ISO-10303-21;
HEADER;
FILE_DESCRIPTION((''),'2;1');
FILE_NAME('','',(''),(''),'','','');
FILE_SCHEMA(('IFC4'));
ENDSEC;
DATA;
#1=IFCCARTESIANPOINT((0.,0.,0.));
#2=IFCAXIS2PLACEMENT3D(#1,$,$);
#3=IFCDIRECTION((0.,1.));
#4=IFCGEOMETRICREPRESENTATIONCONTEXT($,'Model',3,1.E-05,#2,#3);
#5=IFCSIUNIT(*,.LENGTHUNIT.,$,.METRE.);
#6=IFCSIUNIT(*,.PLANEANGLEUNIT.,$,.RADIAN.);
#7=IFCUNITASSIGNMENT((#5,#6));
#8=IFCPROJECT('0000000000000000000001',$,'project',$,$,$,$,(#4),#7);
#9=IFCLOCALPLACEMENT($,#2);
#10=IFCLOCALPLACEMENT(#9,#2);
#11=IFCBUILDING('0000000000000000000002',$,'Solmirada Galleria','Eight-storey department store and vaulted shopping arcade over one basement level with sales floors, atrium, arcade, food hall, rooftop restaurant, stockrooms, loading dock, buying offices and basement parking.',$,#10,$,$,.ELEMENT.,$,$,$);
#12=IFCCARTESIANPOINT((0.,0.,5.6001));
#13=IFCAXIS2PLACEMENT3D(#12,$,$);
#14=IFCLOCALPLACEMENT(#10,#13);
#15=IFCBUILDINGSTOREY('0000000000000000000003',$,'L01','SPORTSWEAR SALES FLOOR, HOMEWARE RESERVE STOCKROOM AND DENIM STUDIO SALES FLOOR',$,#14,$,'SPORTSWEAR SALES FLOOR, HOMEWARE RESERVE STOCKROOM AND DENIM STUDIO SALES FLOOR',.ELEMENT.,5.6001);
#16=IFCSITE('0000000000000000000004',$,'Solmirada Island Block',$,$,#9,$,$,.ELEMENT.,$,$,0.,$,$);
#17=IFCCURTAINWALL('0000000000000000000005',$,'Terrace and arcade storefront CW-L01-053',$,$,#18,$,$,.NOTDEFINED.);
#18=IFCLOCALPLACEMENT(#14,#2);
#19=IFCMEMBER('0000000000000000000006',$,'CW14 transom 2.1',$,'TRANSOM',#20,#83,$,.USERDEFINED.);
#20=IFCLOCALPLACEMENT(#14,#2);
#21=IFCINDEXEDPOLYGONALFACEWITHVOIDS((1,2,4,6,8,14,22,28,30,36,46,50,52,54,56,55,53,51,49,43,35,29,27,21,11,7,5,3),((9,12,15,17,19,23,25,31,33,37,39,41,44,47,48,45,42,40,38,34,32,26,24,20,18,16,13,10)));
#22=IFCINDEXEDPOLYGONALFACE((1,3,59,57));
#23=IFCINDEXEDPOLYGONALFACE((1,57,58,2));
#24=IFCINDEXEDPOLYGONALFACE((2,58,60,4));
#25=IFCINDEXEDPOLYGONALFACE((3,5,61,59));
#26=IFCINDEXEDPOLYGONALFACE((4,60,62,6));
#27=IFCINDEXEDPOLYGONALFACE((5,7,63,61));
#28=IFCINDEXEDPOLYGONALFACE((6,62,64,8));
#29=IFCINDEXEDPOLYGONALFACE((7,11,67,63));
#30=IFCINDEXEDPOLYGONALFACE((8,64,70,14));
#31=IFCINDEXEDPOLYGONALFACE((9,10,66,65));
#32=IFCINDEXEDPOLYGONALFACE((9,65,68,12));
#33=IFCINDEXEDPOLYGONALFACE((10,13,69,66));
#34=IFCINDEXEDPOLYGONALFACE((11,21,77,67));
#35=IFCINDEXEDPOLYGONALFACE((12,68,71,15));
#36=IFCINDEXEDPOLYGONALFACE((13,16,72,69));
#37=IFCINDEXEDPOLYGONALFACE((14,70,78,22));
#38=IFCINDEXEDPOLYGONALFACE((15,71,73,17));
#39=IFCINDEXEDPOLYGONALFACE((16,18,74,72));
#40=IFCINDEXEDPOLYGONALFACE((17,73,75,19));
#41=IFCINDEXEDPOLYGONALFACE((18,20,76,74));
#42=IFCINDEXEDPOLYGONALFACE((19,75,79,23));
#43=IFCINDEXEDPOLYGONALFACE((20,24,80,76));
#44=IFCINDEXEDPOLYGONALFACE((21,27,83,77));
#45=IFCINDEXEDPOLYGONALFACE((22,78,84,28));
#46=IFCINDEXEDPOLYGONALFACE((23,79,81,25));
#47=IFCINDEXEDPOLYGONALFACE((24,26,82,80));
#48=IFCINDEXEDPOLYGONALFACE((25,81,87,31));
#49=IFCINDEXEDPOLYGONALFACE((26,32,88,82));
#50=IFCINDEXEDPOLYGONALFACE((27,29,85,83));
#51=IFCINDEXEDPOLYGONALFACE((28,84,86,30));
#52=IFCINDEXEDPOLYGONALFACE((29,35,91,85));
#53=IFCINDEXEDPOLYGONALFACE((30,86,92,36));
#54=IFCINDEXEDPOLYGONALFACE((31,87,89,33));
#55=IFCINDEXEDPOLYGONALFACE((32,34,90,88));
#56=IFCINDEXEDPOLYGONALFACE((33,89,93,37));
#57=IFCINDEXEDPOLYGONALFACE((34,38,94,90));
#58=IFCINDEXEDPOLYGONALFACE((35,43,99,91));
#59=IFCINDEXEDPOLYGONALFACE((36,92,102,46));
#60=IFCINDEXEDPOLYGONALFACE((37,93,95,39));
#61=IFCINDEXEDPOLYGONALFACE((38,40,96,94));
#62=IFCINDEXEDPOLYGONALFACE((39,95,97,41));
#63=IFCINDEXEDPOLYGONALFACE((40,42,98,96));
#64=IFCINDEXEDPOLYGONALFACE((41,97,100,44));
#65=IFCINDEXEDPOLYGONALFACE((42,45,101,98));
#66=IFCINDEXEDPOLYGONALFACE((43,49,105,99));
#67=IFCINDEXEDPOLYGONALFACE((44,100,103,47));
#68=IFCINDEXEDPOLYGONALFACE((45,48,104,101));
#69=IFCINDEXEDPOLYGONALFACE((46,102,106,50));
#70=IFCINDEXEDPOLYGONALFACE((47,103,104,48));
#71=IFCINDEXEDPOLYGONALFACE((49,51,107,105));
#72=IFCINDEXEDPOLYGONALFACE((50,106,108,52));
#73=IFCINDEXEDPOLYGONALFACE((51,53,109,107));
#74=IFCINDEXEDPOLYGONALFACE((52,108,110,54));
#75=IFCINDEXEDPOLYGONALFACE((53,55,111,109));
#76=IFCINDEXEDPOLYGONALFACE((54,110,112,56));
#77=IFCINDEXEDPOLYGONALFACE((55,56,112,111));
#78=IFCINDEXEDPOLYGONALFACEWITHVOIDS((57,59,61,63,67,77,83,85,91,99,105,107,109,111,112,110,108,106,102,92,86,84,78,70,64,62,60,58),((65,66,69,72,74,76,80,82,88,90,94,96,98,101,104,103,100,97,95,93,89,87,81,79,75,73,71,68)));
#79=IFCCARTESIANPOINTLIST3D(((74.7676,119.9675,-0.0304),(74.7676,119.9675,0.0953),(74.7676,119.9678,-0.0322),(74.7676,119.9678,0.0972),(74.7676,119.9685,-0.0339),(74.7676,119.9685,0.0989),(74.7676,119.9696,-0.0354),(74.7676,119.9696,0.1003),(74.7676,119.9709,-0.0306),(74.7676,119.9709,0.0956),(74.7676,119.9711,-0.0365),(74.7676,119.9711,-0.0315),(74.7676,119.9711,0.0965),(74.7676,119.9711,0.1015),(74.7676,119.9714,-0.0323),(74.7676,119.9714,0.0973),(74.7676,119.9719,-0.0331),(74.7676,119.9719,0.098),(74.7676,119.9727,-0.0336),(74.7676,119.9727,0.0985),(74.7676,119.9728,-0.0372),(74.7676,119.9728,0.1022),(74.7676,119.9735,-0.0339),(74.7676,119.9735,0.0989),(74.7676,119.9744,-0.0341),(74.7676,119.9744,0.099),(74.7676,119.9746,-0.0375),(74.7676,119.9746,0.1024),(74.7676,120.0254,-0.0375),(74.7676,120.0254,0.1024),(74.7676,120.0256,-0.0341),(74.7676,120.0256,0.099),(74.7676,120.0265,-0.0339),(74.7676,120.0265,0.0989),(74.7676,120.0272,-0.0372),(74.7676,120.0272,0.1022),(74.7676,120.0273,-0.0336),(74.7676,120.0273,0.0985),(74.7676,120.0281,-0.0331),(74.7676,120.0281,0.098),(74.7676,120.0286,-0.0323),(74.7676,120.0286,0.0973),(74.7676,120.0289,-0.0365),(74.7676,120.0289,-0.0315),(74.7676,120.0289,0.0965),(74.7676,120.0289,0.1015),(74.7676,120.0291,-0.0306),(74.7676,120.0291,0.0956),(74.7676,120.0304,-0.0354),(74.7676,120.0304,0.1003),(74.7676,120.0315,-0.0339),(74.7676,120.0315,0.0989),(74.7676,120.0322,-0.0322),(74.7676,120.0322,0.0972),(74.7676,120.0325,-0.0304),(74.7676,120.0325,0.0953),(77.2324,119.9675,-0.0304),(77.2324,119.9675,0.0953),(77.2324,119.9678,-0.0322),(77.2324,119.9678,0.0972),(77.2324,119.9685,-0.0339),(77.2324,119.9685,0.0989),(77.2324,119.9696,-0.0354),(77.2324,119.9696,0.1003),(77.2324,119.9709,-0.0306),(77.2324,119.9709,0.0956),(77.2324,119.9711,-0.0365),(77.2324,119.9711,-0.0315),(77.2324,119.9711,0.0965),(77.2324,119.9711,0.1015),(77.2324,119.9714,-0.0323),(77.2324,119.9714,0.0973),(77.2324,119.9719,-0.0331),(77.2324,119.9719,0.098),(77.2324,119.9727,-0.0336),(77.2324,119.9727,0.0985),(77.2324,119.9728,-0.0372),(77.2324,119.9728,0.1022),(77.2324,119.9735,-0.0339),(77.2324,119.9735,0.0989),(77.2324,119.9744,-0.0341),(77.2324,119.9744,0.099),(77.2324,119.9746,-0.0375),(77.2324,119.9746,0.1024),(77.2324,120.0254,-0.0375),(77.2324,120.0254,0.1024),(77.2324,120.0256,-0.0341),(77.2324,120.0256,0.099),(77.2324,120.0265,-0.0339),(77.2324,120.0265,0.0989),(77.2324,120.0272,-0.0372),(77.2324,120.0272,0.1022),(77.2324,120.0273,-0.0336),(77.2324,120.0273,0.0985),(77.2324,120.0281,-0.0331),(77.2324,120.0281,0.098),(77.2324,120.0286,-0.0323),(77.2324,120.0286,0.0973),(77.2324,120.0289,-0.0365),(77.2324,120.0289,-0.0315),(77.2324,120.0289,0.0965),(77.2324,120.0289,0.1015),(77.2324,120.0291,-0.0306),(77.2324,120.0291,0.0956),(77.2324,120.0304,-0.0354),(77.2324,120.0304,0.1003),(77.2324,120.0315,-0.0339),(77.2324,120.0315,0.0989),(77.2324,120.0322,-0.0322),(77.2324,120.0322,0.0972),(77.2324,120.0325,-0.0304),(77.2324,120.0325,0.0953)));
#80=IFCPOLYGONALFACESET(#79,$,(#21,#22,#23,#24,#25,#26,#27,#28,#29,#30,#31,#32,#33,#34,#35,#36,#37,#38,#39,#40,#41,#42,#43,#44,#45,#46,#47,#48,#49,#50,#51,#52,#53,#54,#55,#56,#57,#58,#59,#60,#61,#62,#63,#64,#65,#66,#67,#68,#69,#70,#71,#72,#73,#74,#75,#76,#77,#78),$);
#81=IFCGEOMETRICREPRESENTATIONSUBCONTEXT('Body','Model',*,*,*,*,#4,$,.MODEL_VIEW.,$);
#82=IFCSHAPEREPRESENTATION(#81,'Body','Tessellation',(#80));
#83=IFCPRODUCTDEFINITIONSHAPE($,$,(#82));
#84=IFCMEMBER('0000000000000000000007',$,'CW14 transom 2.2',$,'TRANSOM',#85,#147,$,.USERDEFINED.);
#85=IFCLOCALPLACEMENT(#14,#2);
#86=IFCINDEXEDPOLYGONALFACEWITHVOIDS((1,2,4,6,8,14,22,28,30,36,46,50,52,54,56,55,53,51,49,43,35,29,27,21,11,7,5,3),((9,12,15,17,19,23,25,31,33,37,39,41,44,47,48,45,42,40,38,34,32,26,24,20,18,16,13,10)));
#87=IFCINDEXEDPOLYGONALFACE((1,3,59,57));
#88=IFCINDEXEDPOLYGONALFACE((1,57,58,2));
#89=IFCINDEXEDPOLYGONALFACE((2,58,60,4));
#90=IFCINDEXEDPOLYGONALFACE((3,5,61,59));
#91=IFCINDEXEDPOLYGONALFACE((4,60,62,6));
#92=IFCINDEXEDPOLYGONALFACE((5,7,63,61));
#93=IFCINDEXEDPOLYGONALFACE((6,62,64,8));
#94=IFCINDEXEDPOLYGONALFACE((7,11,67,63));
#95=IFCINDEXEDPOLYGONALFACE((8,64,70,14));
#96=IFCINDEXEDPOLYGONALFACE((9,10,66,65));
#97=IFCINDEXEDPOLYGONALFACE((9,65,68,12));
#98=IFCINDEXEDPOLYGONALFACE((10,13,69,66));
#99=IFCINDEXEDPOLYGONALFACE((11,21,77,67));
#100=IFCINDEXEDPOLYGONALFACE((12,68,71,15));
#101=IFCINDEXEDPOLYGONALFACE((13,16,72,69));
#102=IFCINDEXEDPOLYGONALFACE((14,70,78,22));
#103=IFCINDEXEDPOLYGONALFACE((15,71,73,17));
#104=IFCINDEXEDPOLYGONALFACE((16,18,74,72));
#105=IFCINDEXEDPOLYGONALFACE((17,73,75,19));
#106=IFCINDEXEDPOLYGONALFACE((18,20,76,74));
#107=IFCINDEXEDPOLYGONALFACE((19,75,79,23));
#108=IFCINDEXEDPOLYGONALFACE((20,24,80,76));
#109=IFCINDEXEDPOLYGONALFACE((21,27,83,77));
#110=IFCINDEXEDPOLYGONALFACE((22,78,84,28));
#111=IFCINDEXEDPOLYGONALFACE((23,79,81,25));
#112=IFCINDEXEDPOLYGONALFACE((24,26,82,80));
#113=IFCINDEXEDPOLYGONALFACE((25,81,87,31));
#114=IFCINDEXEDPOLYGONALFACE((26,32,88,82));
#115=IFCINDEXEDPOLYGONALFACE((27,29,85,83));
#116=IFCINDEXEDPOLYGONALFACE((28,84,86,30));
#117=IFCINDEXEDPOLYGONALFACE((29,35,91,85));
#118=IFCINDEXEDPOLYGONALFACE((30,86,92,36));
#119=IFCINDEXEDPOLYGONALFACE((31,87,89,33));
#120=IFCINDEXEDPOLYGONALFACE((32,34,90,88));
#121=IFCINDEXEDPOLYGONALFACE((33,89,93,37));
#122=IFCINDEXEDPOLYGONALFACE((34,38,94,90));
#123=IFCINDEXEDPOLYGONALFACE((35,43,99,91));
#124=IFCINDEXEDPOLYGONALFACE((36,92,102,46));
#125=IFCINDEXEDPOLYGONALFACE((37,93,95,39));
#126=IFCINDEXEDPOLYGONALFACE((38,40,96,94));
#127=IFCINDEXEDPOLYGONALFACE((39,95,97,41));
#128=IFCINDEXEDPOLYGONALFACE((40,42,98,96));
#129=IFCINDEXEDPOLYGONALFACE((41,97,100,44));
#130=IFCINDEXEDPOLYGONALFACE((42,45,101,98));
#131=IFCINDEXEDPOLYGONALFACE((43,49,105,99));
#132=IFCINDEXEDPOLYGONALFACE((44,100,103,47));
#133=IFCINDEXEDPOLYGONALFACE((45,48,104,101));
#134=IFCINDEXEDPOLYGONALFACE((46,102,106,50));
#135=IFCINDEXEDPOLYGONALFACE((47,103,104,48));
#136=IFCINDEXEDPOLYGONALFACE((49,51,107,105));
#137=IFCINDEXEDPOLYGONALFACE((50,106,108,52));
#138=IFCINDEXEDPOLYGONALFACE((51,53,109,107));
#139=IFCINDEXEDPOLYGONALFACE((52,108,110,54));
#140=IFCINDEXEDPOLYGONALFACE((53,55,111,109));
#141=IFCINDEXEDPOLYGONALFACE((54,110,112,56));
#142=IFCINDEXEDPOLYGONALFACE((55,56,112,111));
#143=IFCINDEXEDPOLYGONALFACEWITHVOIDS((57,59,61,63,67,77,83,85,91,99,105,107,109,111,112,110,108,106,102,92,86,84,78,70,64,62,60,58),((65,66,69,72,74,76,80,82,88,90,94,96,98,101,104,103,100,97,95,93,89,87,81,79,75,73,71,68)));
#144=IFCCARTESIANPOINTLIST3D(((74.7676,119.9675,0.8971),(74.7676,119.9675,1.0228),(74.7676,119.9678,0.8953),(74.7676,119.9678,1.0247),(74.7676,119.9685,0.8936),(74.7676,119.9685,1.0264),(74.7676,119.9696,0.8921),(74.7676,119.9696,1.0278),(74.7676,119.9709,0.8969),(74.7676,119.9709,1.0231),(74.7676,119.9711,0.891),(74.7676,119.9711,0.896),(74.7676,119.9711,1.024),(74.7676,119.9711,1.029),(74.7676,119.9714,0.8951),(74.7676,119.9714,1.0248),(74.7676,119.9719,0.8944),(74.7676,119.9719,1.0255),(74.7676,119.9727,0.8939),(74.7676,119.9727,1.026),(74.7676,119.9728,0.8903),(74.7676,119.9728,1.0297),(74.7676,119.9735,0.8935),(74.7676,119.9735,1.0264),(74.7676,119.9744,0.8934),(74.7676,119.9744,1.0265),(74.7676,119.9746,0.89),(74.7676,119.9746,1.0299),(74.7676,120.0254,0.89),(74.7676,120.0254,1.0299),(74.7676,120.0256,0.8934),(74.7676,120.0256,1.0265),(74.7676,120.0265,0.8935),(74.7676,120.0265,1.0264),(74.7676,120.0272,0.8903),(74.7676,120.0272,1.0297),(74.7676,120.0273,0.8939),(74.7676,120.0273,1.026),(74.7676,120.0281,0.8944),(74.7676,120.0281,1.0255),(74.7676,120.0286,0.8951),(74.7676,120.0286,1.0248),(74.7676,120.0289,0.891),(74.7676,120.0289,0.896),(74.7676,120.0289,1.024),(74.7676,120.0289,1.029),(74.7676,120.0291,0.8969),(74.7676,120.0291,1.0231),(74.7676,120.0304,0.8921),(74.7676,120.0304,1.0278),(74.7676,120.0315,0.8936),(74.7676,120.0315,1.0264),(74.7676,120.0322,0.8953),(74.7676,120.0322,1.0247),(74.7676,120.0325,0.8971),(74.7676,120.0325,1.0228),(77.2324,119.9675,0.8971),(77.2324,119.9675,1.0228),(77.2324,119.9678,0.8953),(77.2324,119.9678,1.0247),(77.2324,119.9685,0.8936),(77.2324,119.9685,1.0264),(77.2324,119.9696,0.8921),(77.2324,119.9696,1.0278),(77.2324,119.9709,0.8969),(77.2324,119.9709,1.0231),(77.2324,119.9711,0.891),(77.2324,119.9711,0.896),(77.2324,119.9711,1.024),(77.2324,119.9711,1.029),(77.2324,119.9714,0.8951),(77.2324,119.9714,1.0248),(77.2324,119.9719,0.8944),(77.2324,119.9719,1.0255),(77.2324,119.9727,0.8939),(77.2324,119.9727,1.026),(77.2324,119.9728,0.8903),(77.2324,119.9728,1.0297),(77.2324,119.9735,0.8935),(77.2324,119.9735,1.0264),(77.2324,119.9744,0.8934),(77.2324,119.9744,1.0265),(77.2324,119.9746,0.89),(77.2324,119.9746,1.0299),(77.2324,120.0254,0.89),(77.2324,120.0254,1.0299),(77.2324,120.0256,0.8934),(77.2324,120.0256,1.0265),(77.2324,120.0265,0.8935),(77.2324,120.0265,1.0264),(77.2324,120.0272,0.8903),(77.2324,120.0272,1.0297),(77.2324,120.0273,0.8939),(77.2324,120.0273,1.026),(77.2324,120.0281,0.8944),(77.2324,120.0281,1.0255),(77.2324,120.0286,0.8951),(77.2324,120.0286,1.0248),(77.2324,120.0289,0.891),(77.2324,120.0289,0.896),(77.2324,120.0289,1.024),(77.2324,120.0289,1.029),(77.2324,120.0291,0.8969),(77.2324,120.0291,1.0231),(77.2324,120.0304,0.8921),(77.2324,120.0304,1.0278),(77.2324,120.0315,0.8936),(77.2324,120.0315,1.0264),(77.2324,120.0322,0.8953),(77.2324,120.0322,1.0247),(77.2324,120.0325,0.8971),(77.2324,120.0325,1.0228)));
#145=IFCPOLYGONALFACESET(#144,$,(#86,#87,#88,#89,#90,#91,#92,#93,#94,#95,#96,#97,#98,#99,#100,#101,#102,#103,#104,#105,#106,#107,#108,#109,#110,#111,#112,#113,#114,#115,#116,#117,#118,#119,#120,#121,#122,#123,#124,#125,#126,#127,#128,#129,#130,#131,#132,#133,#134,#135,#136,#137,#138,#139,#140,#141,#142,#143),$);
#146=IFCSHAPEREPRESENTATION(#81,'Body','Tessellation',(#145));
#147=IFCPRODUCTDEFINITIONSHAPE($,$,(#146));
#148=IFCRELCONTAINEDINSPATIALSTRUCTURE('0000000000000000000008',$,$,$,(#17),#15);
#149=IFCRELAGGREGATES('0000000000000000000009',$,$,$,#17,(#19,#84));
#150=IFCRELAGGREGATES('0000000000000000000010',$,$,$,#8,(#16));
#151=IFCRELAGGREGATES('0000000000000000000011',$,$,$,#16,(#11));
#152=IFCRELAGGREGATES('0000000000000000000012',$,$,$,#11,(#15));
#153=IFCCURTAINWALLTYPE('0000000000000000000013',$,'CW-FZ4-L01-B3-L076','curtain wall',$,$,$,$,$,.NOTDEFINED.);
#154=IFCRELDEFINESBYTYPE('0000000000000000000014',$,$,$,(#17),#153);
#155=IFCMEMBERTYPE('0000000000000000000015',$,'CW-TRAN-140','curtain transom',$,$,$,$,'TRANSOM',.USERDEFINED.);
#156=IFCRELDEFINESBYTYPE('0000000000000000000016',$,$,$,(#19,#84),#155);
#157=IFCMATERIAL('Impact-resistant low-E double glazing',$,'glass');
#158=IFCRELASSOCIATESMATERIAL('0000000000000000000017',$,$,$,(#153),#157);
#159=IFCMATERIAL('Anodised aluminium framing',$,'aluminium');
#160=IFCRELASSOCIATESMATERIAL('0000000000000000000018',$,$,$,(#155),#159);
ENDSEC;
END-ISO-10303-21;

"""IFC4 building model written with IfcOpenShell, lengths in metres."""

from ifc_helpers import new_model, si_unit, direction, frame, origin, origin_2d, place, context, subcontext, project, spatial, hollow_rectangle, extrude, material, material_profile, profile_set, type_object, element, aggregate, save


model = new_model("IFC4")

# Units and contexts
model_context = context("Model", 3, precision=1e-05, world=origin(), true_north=direction((0.0, 1.0)))
body_context = subcontext(model_context, "Body", "Model", "MODEL_VIEW")
ifc_project = project(units=[si_unit("LENGTHUNIT", "METRE"), si_unit("PLANEANGLEUNIT", "RADIAN")], contexts=[model_context])

# Site, building, storey
site_placement = place(None, origin())
site = spatial("IfcSite", under=ifc_project, at=site_placement, Name="Solmirada Island Block", CompositionType="ELEMENT", RefElevation=0.0)
building_placement = place(site_placement, origin())
building = spatial("IfcBuilding", under=site, at=building_placement, Name="Solmirada Galleria", Description="Eight-storey department store and vaulted shopping arcade over one basement level with sales floors, atrium, arcade, food hall, rooftop restaurant, stockrooms, loading dock, buying offices and basement parking.", CompositionType="ELEMENT")
storey_placement = place(building_placement, frame((0.0, 0.0, 5.6001)))
storey = spatial("IfcBuildingStorey", under=building, at=storey_placement, Name="L01", Description="SPORTSWEAR SALES FLOOR, HOMEWARE RESERVE STOCKROOM AND DENIM STUDIO SALES FLOOR", LongName="SPORTSWEAR SALES FLOOR, HOMEWARE RESERVE STOCKROOM AND DENIM STUDIO SALES FLOOR", CompositionType="ELEMENT", Elevation=5.6001)

# Curtain wall, members
ifc_material_1 = material(Name="Impact-resistant low-E double glazing", Category="glass")
curtain_wall_type = type_object("IfcCurtainWallType", Name="CW-FZ4-L01-B3-L076", Description="curtain wall", PredefinedType="NOTDEFINED", material=ifc_material_1)
curtain_wall_placement = place(storey_placement, origin())
curtain_wall = element("IfcCurtainWall", 1, at=curtain_wall_placement, inside=storey, type_object=curtain_wall_type, Name="Terrace and arcade storefront CW-L01-053", PredefinedType="NOTDEFINED")
ifc_material_2 = material(Name="Anodised aluminium framing", Category="aluminium")
ifc_material_profile_1 = material_profile(ifc_material_2, hollow_rectangle(XDim=0.0649, YDim=0.1399, WallThickness=0.0034, InnerFilletRadius=0.0034, OuterFilletRadius=0.0071, at=origin_2d()), Name="ALU-TRAN-140X65")
ifc_profile_set_1 = profile_set([ifc_material_profile_1], Name="Anodised aluminium framing")
member_type_1 = type_object("IfcMemberType", Name="CW-TRAN-140", Description="curtain transom", ElementType="TRANSOM", PredefinedType="USERDEFINED", material=ifc_profile_set_1)
member_1_placement = place(storey_placement, frame((74.7676, 120.0, 0.0325), z_axis=(1.0, 0.0, 0.0), x_axis=(0.0, 1.0, 0.0)))
member_1 = element("IfcMember", 2, at=member_1_placement, type_object=member_type_1, Name="CW14 transom 2.1", ObjectType="TRANSOM", PredefinedType="USERDEFINED", context=body_context, shape_type="SweptSolid", body=[
    extrude(hollow_rectangle(XDim=0.0649, YDim=0.1399, WallThickness=0.0034, InnerFilletRadius=0.0034, OuterFilletRadius=0.0071, at=origin_2d()), origin(), (0.0, 0.0, 1.0), 2.4648),
])
member_2_placement = place(storey_placement, frame((74.7676, 120.0, 0.96), z_axis=(1.0, 0.0, 0.0), x_axis=(0.0, 1.0, 0.0)))
member_2 = element("IfcMember", 3, at=member_2_placement, type_object=member_type_1, Name="CW14 transom 2.2", ObjectType="TRANSOM", PredefinedType="USERDEFINED", context=body_context, shape_type="SweptSolid", body=[
    extrude(hollow_rectangle(XDim=0.0649, YDim=0.1399, WallThickness=0.0034, InnerFilletRadius=0.0034, OuterFilletRadius=0.0071, at=origin_2d()), origin(), (0.0, 0.0, 1.0), 2.4648),
])

aggregate(curtain_wall, [member_1, member_2])

save(model, "model.ifc")
